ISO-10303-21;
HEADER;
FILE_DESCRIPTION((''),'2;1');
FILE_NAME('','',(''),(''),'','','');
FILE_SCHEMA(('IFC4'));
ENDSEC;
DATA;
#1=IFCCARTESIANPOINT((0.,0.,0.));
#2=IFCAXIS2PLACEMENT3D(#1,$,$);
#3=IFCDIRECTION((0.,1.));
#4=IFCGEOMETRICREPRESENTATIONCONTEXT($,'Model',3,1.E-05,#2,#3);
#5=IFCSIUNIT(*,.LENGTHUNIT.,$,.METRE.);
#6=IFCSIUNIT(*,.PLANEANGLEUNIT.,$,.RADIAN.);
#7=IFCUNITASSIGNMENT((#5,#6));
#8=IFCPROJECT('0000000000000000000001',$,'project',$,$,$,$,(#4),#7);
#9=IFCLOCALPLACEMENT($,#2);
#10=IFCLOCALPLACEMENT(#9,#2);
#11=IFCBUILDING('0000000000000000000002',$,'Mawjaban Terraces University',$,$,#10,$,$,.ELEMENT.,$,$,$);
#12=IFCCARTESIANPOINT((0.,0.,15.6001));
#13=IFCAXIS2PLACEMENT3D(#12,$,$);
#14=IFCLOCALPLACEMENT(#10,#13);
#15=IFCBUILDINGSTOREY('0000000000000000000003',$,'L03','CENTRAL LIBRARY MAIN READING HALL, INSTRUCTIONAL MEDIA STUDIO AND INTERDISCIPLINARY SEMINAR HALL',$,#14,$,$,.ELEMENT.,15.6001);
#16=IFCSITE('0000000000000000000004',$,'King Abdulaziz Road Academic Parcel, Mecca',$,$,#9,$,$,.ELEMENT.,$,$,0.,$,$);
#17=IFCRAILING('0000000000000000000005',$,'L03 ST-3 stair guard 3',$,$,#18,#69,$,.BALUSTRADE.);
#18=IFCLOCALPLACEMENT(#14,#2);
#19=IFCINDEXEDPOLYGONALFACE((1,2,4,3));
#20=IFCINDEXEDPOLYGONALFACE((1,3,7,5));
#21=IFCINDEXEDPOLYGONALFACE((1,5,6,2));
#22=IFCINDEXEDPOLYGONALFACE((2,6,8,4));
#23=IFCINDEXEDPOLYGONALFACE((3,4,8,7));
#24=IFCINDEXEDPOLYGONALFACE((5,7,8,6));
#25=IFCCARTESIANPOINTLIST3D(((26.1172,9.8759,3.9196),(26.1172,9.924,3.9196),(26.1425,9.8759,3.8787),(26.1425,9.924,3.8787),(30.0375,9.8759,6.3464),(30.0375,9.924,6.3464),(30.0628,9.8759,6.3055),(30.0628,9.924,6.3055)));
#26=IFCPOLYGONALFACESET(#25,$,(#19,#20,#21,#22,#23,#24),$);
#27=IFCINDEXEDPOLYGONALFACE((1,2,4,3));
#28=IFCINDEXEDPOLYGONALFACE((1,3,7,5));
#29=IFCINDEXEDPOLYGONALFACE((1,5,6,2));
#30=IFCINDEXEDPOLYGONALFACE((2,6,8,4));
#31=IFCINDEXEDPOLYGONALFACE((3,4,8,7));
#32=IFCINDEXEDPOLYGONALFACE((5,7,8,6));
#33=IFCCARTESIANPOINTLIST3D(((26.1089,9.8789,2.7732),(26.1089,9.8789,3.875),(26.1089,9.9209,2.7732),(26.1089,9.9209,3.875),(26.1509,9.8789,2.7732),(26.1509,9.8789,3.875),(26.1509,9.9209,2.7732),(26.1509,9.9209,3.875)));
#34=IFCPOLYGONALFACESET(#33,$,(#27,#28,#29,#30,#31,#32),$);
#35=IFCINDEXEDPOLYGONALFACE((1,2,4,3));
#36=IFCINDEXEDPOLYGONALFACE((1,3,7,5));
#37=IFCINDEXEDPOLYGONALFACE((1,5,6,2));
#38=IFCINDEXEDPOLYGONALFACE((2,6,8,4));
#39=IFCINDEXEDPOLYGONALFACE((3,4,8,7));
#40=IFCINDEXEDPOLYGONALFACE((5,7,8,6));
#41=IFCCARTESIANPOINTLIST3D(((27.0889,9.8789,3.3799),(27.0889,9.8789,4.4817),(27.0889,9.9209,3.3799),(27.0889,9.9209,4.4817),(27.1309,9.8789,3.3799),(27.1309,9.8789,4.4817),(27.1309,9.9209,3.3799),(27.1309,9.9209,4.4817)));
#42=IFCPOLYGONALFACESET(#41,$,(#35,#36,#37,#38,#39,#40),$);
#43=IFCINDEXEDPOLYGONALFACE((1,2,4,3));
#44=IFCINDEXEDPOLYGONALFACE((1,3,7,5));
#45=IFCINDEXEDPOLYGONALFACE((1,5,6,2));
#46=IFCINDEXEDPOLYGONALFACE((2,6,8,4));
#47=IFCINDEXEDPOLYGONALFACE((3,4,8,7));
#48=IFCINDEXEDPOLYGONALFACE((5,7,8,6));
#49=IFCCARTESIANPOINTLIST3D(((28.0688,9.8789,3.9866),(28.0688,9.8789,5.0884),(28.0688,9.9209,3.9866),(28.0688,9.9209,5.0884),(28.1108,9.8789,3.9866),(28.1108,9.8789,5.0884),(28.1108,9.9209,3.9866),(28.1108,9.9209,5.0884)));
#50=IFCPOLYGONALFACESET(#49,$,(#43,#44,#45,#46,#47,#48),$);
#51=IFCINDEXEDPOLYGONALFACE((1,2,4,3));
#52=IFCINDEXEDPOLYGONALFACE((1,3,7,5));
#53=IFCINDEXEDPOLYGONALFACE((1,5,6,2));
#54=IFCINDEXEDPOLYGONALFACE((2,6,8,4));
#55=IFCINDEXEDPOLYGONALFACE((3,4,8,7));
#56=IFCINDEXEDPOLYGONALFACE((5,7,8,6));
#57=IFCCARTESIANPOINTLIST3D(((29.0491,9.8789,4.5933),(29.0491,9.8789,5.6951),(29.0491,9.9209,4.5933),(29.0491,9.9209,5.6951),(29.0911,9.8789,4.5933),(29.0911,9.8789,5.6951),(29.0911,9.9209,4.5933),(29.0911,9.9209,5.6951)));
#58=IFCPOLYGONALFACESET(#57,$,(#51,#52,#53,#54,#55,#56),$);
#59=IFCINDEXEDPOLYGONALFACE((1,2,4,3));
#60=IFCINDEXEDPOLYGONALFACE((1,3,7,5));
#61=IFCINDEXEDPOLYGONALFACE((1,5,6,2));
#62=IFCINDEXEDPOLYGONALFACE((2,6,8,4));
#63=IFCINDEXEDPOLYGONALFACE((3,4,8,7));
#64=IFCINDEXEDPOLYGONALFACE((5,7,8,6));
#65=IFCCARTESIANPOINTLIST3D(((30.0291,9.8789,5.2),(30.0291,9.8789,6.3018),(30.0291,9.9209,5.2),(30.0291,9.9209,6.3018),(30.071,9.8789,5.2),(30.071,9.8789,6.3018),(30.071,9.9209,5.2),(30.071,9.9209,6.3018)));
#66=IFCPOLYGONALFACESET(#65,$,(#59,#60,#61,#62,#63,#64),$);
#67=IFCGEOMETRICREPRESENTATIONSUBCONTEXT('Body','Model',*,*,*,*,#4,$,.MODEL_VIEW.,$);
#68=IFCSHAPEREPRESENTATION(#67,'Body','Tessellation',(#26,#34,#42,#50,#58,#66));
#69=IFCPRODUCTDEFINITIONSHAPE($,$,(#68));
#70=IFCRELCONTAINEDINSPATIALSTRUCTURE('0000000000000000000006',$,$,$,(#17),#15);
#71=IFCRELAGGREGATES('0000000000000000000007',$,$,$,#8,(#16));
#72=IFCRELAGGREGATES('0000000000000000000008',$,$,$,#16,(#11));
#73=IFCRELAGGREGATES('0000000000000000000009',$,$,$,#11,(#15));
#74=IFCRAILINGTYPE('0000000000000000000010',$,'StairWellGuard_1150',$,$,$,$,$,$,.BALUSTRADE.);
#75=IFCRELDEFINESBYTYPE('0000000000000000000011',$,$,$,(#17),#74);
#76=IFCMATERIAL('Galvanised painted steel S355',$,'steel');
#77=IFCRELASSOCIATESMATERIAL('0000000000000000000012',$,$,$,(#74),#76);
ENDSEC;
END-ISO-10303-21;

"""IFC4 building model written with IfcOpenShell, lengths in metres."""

from ifc_helpers import new_model, si_unit, direction, frame, origin, origin_2d, place, context, subcontext, project, spatial, rectangle, extrude, material, type_object, element, save


model = new_model("IFC4")

# Units and contexts
model_context = context("Model", 3, precision=1e-05, world=origin(), true_north=direction((0.0, 1.0)))
body_context = subcontext(model_context, "Body", "Model", "MODEL_VIEW")
ifc_project = project(units=[si_unit("LENGTHUNIT", "METRE"), si_unit("PLANEANGLEUNIT", "RADIAN")], contexts=[model_context])

# Site, building, storey
site_placement = place(None, origin())
site = spatial("IfcSite", under=ifc_project, at=site_placement, Name="King Abdulaziz Road Academic Parcel, Mecca", CompositionType="ELEMENT", RefElevation=0.0)
building_placement = place(site_placement, origin())
building = spatial("IfcBuilding", under=site, at=building_placement, Name="Mawjaban Terraces University", CompositionType="ELEMENT")
storey_placement = place(building_placement, frame((0.0, 0.0, 15.6001)))
storey = spatial("IfcBuildingStorey", under=building, at=storey_placement, Name="L03", Description="CENTRAL LIBRARY MAIN READING HALL, INSTRUCTIONAL MEDIA STUDIO AND INTERDISCIPLINARY SEMINAR HALL", CompositionType="ELEMENT", Elevation=15.6001)

# Railing
ifc_material_1 = material(Name="Galvanised painted steel S355", Category="steel")
railing_type_1 = type_object("IfcRailingType", Name="StairWellGuard_1150", PredefinedType="BALUSTRADE", material=ifc_material_1)
railing_1_placement = place(storey_placement, frame((26.1299, 9.8999, 2.7732)))
element("IfcRailing", 1, at=railing_1_placement, inside=storey, type_object=railing_type_1, Name="L03 ST-3 stair guard 3", PredefinedType="BALUSTRADE", context=body_context, shape_type="SweptSolid", body=[
    extrude(rectangle(XDim=0.0481, YDim=0.0481, at=origin_2d()), frame((0.0, 0.0, 1.126), z_axis=(0.850266, 0.0, 0.526353), x_axis=(0.0, 1.0, 0.0)), (0.0, 0.0, 1.0), 4.6106),
    extrude(rectangle(XDim=0.042, YDim=0.042, at=origin_2d()), origin(), (0.0, 0.0, 1.0), 1.1018),
    extrude(rectangle(XDim=0.042, YDim=0.042, at=origin_2d()), frame((0.98, 0.0, 0.6067)), (0.0, 0.0, 1.0), 1.1018),
    extrude(rectangle(XDim=0.042, YDim=0.042, at=origin_2d()), frame((1.96, 0.0, 1.2134)), (0.0, 0.0, 1.0), 1.1018),
    extrude(rectangle(XDim=0.042, YDim=0.042, at=origin_2d()), frame((2.9402, 0.0, 1.8201)), (0.0, 0.0, 1.0), 1.1018),
    extrude(rectangle(XDim=0.042, YDim=0.042, at=origin_2d()), frame((3.9202, 0.0, 2.4268)), (0.0, 0.0, 1.0), 1.1018),
])

save(model, "model.ifc")
